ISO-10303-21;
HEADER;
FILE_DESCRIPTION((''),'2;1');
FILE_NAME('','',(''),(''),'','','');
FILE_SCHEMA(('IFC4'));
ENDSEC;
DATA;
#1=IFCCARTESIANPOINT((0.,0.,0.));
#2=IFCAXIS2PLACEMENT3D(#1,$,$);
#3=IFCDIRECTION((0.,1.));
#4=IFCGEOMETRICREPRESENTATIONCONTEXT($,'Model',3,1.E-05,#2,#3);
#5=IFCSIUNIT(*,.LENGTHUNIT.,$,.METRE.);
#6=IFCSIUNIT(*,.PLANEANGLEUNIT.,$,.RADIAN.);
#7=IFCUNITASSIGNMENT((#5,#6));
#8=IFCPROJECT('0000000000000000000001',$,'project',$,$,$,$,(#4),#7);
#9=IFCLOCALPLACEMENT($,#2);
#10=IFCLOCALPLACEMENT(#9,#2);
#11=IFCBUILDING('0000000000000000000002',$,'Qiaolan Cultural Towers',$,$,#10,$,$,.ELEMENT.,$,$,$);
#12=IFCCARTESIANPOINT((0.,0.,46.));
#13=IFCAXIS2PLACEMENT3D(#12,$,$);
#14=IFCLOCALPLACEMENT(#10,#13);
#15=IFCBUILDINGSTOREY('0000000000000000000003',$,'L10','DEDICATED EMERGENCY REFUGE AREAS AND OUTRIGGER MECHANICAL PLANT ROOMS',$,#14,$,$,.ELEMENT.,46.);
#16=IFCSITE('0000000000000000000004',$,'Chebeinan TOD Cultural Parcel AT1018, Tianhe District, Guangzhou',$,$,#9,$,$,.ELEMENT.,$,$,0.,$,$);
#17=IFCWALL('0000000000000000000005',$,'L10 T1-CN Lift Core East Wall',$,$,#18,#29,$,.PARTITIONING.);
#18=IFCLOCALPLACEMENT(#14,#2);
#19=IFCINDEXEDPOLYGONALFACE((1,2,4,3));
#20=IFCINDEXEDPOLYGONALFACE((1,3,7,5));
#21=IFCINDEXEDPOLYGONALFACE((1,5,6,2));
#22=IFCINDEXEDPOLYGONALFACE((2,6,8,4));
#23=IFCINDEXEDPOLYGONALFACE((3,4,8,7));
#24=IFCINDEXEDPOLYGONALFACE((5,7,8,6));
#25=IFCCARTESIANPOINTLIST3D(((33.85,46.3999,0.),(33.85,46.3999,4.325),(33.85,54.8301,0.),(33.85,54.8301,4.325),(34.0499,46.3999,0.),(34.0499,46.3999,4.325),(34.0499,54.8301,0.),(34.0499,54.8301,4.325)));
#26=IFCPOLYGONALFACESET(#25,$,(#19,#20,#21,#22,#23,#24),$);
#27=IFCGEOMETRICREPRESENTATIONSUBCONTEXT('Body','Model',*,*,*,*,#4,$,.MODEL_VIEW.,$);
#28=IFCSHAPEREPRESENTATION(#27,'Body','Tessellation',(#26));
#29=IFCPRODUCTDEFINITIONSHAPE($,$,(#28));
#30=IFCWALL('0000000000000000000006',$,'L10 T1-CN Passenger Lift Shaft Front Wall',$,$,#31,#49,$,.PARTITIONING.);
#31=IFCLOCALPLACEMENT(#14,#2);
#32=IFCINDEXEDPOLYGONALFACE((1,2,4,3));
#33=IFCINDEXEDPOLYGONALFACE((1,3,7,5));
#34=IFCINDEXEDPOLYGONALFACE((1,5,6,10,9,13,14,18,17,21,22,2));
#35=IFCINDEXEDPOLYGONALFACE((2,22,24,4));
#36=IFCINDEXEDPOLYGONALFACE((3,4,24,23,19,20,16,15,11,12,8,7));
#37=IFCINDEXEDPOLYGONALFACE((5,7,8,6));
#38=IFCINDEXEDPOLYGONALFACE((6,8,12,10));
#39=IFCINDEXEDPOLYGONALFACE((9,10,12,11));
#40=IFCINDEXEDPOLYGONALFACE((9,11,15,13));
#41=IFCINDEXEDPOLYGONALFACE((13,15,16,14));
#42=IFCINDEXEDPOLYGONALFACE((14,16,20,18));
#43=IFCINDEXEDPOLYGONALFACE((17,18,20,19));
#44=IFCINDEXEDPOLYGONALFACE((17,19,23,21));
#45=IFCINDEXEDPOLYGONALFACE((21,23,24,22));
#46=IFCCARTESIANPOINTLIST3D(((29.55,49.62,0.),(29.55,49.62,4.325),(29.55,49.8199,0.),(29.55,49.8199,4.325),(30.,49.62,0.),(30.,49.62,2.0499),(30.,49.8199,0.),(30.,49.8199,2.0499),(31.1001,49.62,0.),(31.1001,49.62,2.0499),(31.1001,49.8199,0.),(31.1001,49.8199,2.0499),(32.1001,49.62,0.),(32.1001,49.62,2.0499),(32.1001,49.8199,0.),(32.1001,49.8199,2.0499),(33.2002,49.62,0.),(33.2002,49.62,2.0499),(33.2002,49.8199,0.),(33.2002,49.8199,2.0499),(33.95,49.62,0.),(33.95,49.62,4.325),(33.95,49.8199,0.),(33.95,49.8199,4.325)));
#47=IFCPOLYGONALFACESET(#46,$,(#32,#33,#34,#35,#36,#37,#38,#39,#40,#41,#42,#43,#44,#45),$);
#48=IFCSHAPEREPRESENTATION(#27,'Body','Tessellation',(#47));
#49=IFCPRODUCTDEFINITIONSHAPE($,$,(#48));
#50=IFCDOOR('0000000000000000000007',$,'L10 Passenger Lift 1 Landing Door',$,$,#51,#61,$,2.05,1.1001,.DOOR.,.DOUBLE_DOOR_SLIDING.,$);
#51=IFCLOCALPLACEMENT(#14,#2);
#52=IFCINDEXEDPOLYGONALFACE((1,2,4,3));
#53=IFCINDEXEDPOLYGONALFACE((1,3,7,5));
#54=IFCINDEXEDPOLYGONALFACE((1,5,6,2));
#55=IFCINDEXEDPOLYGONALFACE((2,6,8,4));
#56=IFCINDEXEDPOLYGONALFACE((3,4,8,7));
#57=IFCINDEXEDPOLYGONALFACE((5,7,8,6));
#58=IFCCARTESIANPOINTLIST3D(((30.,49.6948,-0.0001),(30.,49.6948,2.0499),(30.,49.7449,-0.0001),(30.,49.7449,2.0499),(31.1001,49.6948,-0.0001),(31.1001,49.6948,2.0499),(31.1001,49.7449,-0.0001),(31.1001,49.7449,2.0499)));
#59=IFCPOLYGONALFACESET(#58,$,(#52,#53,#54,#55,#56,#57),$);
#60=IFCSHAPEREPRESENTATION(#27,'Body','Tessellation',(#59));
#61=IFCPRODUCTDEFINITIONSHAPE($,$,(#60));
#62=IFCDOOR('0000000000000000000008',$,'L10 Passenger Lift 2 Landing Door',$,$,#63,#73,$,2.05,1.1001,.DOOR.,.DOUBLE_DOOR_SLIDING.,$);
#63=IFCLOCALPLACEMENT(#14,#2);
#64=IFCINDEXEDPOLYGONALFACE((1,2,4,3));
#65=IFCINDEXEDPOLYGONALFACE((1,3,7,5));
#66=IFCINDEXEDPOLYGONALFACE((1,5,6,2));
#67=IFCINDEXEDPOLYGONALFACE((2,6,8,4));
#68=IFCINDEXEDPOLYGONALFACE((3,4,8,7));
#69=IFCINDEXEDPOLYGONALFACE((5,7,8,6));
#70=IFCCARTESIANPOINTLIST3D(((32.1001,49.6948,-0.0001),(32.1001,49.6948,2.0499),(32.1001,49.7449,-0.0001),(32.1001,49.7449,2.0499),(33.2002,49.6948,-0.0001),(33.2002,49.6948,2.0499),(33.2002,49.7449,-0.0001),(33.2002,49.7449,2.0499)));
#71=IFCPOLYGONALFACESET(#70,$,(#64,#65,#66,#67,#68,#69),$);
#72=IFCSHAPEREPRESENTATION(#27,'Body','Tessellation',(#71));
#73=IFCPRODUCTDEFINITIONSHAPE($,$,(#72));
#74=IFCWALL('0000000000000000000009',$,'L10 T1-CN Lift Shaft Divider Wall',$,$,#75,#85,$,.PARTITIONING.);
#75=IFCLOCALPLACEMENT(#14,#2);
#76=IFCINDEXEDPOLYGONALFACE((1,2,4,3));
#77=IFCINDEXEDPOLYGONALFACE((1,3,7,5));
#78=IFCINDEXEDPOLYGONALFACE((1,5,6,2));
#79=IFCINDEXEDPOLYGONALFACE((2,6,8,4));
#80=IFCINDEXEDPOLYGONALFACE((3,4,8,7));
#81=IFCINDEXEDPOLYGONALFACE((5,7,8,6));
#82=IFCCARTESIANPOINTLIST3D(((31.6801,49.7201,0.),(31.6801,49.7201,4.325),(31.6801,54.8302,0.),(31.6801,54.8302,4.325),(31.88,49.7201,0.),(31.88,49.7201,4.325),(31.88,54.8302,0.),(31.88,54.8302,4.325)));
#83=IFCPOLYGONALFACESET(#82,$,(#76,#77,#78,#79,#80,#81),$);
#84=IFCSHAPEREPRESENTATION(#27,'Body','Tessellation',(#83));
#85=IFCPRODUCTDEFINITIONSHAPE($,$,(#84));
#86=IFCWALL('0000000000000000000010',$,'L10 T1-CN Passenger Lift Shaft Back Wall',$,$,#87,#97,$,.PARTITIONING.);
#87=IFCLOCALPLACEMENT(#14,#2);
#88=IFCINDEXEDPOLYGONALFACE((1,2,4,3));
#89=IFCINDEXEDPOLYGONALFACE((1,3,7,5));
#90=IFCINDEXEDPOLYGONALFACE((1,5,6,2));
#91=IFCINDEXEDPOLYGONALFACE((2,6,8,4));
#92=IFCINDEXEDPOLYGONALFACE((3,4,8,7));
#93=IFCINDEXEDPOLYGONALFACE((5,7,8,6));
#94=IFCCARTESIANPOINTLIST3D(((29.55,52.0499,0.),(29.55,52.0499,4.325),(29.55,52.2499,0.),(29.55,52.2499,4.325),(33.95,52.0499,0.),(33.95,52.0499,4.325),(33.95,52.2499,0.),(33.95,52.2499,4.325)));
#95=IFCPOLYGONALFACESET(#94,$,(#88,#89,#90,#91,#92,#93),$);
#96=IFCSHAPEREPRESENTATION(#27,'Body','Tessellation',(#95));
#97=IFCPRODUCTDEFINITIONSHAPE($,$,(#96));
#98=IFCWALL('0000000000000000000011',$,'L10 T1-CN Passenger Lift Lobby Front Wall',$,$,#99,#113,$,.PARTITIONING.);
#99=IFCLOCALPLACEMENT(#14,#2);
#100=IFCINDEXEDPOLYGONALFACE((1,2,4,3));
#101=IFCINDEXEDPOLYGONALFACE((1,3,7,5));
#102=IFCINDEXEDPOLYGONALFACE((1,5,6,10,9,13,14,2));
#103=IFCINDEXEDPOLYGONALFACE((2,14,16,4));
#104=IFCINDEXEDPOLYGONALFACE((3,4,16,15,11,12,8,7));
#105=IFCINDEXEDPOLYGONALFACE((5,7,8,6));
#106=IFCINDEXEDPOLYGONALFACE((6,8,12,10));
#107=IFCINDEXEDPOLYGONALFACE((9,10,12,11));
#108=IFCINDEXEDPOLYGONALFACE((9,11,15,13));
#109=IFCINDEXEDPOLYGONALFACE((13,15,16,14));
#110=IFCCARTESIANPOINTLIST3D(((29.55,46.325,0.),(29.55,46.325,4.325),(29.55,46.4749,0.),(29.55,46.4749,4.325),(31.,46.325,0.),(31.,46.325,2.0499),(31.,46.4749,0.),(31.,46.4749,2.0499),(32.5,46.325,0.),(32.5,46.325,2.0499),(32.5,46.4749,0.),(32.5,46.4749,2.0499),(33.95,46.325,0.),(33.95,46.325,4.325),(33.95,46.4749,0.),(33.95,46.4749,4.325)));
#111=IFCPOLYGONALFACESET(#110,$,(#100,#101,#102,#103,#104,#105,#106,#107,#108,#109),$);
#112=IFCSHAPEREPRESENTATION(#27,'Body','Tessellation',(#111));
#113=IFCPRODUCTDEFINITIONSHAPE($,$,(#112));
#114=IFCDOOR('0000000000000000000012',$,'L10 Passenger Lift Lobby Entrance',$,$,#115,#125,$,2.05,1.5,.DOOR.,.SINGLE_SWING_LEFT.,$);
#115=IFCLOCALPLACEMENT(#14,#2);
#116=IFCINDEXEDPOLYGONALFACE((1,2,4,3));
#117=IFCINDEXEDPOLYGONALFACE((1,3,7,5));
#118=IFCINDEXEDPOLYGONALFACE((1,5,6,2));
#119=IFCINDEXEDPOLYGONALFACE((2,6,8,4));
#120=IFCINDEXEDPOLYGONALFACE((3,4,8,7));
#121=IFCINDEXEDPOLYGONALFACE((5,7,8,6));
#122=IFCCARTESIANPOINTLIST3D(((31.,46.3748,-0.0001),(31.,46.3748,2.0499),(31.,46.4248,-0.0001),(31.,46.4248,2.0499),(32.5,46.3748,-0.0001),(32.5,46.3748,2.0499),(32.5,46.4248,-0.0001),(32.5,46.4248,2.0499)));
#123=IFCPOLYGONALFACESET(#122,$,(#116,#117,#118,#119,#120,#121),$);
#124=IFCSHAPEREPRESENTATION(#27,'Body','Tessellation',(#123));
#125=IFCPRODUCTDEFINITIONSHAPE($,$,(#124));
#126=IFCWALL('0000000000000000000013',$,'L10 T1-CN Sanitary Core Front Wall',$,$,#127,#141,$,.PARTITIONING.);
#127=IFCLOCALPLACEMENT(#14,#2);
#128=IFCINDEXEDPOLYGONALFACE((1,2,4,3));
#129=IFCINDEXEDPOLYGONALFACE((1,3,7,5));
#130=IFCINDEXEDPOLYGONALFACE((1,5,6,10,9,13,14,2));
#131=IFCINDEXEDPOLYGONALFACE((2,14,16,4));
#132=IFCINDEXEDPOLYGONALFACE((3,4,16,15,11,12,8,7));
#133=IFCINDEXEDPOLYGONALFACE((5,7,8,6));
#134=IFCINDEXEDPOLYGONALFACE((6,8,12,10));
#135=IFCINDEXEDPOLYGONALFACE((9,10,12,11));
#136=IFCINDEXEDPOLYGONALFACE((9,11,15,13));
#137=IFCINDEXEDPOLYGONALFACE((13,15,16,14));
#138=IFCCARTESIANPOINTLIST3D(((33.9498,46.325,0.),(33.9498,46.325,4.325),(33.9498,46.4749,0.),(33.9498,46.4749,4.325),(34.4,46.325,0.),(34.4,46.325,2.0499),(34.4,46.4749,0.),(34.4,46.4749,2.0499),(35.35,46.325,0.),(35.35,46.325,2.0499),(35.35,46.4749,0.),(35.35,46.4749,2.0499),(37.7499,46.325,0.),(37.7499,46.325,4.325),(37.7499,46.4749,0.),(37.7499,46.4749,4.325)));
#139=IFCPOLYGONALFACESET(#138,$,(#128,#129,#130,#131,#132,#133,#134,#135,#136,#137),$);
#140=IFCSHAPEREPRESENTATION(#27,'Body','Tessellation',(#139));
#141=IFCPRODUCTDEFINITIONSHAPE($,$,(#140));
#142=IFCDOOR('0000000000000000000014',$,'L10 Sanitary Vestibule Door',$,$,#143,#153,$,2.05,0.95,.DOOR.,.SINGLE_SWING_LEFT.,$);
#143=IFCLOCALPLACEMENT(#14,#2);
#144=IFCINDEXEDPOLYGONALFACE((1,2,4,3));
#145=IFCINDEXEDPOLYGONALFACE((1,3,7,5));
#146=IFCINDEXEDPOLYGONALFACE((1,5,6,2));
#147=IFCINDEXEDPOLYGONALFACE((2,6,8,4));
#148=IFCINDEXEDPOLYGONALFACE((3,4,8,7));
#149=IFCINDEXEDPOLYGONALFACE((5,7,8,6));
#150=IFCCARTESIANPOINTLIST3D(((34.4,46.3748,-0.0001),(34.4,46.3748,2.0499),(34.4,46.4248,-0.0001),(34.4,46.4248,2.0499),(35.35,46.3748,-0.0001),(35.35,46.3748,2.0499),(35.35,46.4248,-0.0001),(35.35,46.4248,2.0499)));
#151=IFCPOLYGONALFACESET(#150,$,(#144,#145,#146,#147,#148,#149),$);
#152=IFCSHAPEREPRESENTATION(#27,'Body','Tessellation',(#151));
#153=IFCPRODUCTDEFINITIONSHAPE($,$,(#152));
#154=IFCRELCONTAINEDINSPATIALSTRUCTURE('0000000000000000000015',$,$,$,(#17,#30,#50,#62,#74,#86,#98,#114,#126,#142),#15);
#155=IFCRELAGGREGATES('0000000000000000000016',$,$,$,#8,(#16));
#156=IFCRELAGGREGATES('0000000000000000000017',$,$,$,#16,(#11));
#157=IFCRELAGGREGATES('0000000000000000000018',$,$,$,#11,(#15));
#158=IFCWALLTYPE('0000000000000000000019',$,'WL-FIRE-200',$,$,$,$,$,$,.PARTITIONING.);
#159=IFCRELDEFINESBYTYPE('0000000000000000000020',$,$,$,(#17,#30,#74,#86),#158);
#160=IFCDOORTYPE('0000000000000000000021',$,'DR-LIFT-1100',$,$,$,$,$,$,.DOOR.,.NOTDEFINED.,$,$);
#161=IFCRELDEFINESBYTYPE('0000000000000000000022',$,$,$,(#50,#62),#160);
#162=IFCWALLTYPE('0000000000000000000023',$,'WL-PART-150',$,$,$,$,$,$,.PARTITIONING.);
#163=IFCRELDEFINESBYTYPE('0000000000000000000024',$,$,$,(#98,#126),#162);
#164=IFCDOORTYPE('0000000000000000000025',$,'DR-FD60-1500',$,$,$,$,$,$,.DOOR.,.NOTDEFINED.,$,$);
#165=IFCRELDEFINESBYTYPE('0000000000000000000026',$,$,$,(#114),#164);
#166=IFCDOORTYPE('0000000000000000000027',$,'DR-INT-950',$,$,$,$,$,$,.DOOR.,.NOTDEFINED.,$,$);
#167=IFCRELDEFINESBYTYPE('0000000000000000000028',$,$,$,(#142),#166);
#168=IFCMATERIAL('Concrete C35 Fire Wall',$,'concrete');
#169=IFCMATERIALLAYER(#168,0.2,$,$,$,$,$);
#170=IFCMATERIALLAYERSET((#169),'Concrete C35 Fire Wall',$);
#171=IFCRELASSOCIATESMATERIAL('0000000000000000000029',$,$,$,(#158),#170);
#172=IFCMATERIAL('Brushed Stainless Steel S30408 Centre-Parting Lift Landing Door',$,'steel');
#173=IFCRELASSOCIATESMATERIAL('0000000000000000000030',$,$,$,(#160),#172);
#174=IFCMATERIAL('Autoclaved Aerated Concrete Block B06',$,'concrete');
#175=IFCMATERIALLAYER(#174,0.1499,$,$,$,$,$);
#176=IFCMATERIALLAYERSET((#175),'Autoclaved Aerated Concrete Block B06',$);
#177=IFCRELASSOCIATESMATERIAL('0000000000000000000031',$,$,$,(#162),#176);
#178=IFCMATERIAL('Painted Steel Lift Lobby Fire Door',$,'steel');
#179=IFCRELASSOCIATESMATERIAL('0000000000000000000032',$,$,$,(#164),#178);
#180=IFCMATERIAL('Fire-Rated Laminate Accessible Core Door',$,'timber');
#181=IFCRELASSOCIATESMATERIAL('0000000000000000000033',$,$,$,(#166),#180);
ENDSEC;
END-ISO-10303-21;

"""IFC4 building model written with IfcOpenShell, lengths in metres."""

from ifc_helpers import new_model, si_unit, direction, frame, frame_2d, origin, place, context, subcontext, project, spatial, rectangle, extrude, material, layer, layer_set, type_object, element, fill, save


model = new_model("IFC4")

# Units and contexts
model_context = context("Model", 3, precision=1e-05, world=origin(), true_north=direction((0.0, 1.0)))
body_context = subcontext(model_context, "Body", "Model", "MODEL_VIEW")
ifc_project = project(units=[si_unit("LENGTHUNIT", "METRE"), si_unit("PLANEANGLEUNIT", "RADIAN")], contexts=[model_context])

# Site, building, storey
site_placement = place(None, origin())
site = spatial("IfcSite", under=ifc_project, at=site_placement, Name="Chebeinan TOD Cultural Parcel AT1018, Tianhe District, Guangzhou", CompositionType="ELEMENT", RefElevation=0.0)
building_placement = place(site_placement, origin())
building = spatial("IfcBuilding", under=site, at=building_placement, Name="Qiaolan Cultural Towers", CompositionType="ELEMENT")
storey_placement = place(building_placement, frame((0.0, 0.0, 46.0)))
storey = spatial("IfcBuildingStorey", under=building, at=storey_placement, Name="L10", Description="DEDICATED EMERGENCY REFUGE AREAS AND OUTRIGGER MECHANICAL PLANT ROOMS", CompositionType="ELEMENT", Elevation=46.0)

# Shared definitions
ifc_material_1 = material(Name="Concrete C35 Fire Wall", Category="concrete")
ifc_layer_1 = layer(ifc_material_1, 0.2)
ifc_layer_set_1 = layer_set([ifc_layer_1], Name="Concrete C35 Fire Wall")
wall_type_1 = type_object("IfcWallType", Name="WL-FIRE-200", PredefinedType="PARTITIONING", material=ifc_layer_set_1)

# Shared definitions
ifc_material_2 = material(Name="Brushed Stainless Steel S30408 Centre-Parting Lift Landing Door", Category="steel")
door_type_1 = type_object("IfcDoorType", Name="DR-LIFT-1100", OperationType="NOTDEFINED", PredefinedType="DOOR", material=ifc_material_2)

# Wall
wall_1_placement = place(storey_placement, frame((33.95, 46.3999, 0.0), z_axis=(0.0, 0.0, 1.0), x_axis=(0.0, 1.0, 0.0)))
element("IfcWall", 1, at=wall_1_placement, inside=storey, type_object=wall_type_1, Name="L10 T1-CN Lift Core East Wall", PredefinedType="PARTITIONING", context=body_context, shape_type="SweptSolid", body=[
    extrude(rectangle(XDim=8.4302, YDim=0.2, at=frame_2d((4.2151, 0.0))), origin(), (0.0, 0.0, 1.0), 4.325),
])

# Wall, openings, doors
wall_2_placement = place(storey_placement, frame((29.55, 49.72, 0.0), z_axis=(0.0, 0.0, 1.0), x_axis=(1.0, 0.0, 0.0)))
wall_2 = element("IfcWall", 2, at=wall_2_placement, inside=storey, type_object=wall_type_1, Name="L10 T1-CN Passenger Lift Shaft Front Wall", PredefinedType="PARTITIONING", context=body_context, shape_type="SweptSolid", body=[
    extrude(rectangle(XDim=4.3999, YDim=0.2, at=frame_2d((2.2, 0.0))), origin(), (0.0, 0.0, 1.0), 4.325),
])
opening_1_placement = place(wall_2_placement, frame((0.45, 0.0, 0.0)))
opening_1 = element("IfcOpeningElement", 3, at=opening_1_placement, cuts=wall_2, PredefinedType="OPENING", context=body_context, shape_type="SweptSolid", body=[
    extrude(rectangle(XDim=1.1001, YDim=2.05, at=frame_2d((0.55, 1.0249))), frame((0.0, 0.1099, 0.0), z_axis=(0.0, -1.0, 0.0), x_axis=(1.0, 0.0, 0.0)), (0.0, 0.0, 1.0), 0.22),
])
opening_2_placement = place(wall_2_placement, frame((2.55, 0.0, 0.0)))
opening_2 = element("IfcOpeningElement", 4, at=opening_2_placement, cuts=wall_2, PredefinedType="OPENING", context=body_context, shape_type="SweptSolid", body=[
    extrude(rectangle(XDim=1.1001, YDim=2.05, at=frame_2d((0.55, 1.0249))), frame((0.0, 0.1099, 0.0), z_axis=(0.0, -1.0, 0.0), x_axis=(1.0, 0.0, 0.0)), (0.0, 0.0, 1.0), 0.22),
])
door_1_placement = place(opening_1_placement, origin())
door_1 = element("IfcDoor", 5, at=door_1_placement, inside=storey, type_object=door_type_1, Name="L10 Passenger Lift 1 Landing Door", OperationType="DOUBLE_DOOR_SLIDING", OverallHeight=2.05, OverallWidth=1.1001, PredefinedType="DOOR", context=body_context, shape_type="SweptSolid", body=[
    extrude(rectangle(XDim=1.1001, YDim=2.05, at=frame_2d((0.55, 1.0249))), frame((0.0, 0.0249, 0.0), z_axis=(0.0, -1.0, 0.0), x_axis=(1.0, 0.0, 0.0)), (0.0, 0.0, 1.0), 0.05),
])
fill(opening_1, door_1)
door_2_placement = place(opening_2_placement, origin())
door_2 = element("IfcDoor", 6, at=door_2_placement, inside=storey, type_object=door_type_1, Name="L10 Passenger Lift 2 Landing Door", OperationType="DOUBLE_DOOR_SLIDING", OverallHeight=2.05, OverallWidth=1.1001, PredefinedType="DOOR", context=body_context, shape_type="SweptSolid", body=[
    extrude(rectangle(XDim=1.1001, YDim=2.05, at=frame_2d((0.55, 1.0249))), frame((0.0, 0.0249, 0.0), z_axis=(0.0, -1.0, 0.0), x_axis=(1.0, 0.0, 0.0)), (0.0, 0.0, 1.0), 0.05),
])
fill(opening_2, door_2)

# Walls
wall_3_placement = place(storey_placement, frame((31.78, 49.72, 0.0), z_axis=(0.0, 0.0, 1.0), x_axis=(0.0, 1.0, 0.0)))
element("IfcWall", 7, at=wall_3_placement, inside=storey, type_object=wall_type_1, Name="L10 T1-CN Lift Shaft Divider Wall", PredefinedType="PARTITIONING", context=body_context, shape_type="SweptSolid", body=[
    extrude(rectangle(XDim=5.1101, YDim=0.2, at=frame_2d((2.5552, 0.0))), origin(), (0.0, 0.0, 1.0), 4.325),
])
wall_4_placement = place(storey_placement, frame((29.55, 52.1499, 0.0), z_axis=(0.0, 0.0, 1.0), x_axis=(1.0, 0.0, 0.0)))
element("IfcWall", 8, at=wall_4_placement, inside=storey, type_object=wall_type_1, Name="L10 T1-CN Passenger Lift Shaft Back Wall", PredefinedType="PARTITIONING", context=body_context, shape_type="SweptSolid", body=[
    extrude(rectangle(XDim=4.3999, YDim=0.2, at=frame_2d((2.2, 0.0))), origin(), (0.0, 0.0, 1.0), 4.325),
])

# Walls, openings, doors
ifc_material_3 = material(Name="Autoclaved Aerated Concrete Block B06", Category="concrete")
ifc_layer_2 = layer(ifc_material_3, 0.1499)
ifc_layer_set_2 = layer_set([ifc_layer_2], Name="Autoclaved Aerated Concrete Block B06")
wall_type_2 = type_object("IfcWallType", Name="WL-PART-150", PredefinedType="PARTITIONING", material=ifc_layer_set_2)
wall_5_placement = place(storey_placement, frame((29.55, 46.3999, 0.0), z_axis=(0.0, 0.0, 1.0), x_axis=(1.0, 0.0, 0.0)))
wall_5 = element("IfcWall", 9, at=wall_5_placement, inside=storey, type_object=wall_type_2, Name="L10 T1-CN Passenger Lift Lobby Front Wall", PredefinedType="PARTITIONING", context=body_context, shape_type="SweptSolid", body=[
    extrude(rectangle(XDim=4.3999, YDim=0.1499, at=frame_2d((2.2, 0.0))), origin(), (0.0, 0.0, 1.0), 4.325),
])
opening_3_placement = place(wall_5_placement, frame((1.45, 0.0, 0.0)))
opening_3 = element("IfcOpeningElement", 10, at=opening_3_placement, cuts=wall_5, PredefinedType="OPENING", context=body_context, shape_type="SweptSolid", body=[
    extrude(rectangle(XDim=1.5, YDim=2.05, at=frame_2d((0.75, 1.0249))), frame((0.0, 0.085, 0.0), z_axis=(0.0, -1.0, 0.0), x_axis=(1.0, 0.0, 0.0)), (0.0, 0.0, 1.0), 0.1699),
])
ifc_material_4 = material(Name="Painted Steel Lift Lobby Fire Door", Category="steel")
door_type_2 = type_object("IfcDoorType", Name="DR-FD60-1500", OperationType="NOTDEFINED", PredefinedType="DOOR", material=ifc_material_4)
door_3_placement = place(opening_3_placement, origin())
door_3 = element("IfcDoor", 11, at=door_3_placement, inside=storey, type_object=door_type_2, Name="L10 Passenger Lift Lobby Entrance", OperationType="SINGLE_SWING_LEFT", OverallHeight=2.05, OverallWidth=1.5, PredefinedType="DOOR", context=body_context, shape_type="SweptSolid", body=[
    extrude(rectangle(XDim=1.5, YDim=2.05, at=frame_2d((0.75, 1.0249))), frame((0.0, 0.0249, 0.0), z_axis=(0.0, -1.0, 0.0), x_axis=(1.0, 0.0, 0.0)), (0.0, 0.0, 1.0), 0.05),
])
fill(opening_3, door_3)
wall_6_placement = place(storey_placement, frame((33.95, 46.3999, 0.0), z_axis=(0.0, 0.0, 1.0), x_axis=(1.0, 0.0, 0.0)))
wall_6 = element("IfcWall", 12, at=wall_6_placement, inside=storey, type_object=wall_type_2, Name="L10 T1-CN Sanitary Core Front Wall", PredefinedType="PARTITIONING", context=body_context, shape_type="SweptSolid", body=[
    extrude(rectangle(XDim=3.8, YDim=0.1499, at=frame_2d((1.8999, 0.0))), origin(), (0.0, 0.0, 1.0), 4.325),
])
opening_4_placement = place(wall_6_placement, frame((0.45, 0.0, 0.0)))
opening_4 = element("IfcOpeningElement", 13, at=opening_4_placement, cuts=wall_6, PredefinedType="OPENING", context=body_context, shape_type="SweptSolid", body=[
    extrude(rectangle(XDim=0.95, YDim=2.05, at=frame_2d((0.4751, 1.0249))), frame((0.0, 0.085, 0.0), z_axis=(0.0, -1.0, 0.0), x_axis=(1.0, 0.0, 0.0)), (0.0, 0.0, 1.0), 0.1699),
])
ifc_material_5 = material(Name="Fire-Rated Laminate Accessible Core Door", Category="timber")
door_type_3 = type_object("IfcDoorType", Name="DR-INT-950", OperationType="NOTDEFINED", PredefinedType="DOOR", material=ifc_material_5)
door_4_placement = place(opening_4_placement, origin())
door_4 = element("IfcDoor", 14, at=door_4_placement, inside=storey, type_object=door_type_3, Name="L10 Sanitary Vestibule Door", OperationType="SINGLE_SWING_LEFT", OverallHeight=2.05, OverallWidth=0.95, PredefinedType="DOOR", context=body_context, shape_type="SweptSolid", body=[
    extrude(rectangle(XDim=0.95, YDim=2.05, at=frame_2d((0.4751, 1.0249))), frame((0.0, 0.0249, 0.0), z_axis=(0.0, -1.0, 0.0), x_axis=(1.0, 0.0, 0.0)), (0.0, 0.0, 1.0), 0.05),
])
fill(opening_4, door_4)

save(model, "model.ifc")
